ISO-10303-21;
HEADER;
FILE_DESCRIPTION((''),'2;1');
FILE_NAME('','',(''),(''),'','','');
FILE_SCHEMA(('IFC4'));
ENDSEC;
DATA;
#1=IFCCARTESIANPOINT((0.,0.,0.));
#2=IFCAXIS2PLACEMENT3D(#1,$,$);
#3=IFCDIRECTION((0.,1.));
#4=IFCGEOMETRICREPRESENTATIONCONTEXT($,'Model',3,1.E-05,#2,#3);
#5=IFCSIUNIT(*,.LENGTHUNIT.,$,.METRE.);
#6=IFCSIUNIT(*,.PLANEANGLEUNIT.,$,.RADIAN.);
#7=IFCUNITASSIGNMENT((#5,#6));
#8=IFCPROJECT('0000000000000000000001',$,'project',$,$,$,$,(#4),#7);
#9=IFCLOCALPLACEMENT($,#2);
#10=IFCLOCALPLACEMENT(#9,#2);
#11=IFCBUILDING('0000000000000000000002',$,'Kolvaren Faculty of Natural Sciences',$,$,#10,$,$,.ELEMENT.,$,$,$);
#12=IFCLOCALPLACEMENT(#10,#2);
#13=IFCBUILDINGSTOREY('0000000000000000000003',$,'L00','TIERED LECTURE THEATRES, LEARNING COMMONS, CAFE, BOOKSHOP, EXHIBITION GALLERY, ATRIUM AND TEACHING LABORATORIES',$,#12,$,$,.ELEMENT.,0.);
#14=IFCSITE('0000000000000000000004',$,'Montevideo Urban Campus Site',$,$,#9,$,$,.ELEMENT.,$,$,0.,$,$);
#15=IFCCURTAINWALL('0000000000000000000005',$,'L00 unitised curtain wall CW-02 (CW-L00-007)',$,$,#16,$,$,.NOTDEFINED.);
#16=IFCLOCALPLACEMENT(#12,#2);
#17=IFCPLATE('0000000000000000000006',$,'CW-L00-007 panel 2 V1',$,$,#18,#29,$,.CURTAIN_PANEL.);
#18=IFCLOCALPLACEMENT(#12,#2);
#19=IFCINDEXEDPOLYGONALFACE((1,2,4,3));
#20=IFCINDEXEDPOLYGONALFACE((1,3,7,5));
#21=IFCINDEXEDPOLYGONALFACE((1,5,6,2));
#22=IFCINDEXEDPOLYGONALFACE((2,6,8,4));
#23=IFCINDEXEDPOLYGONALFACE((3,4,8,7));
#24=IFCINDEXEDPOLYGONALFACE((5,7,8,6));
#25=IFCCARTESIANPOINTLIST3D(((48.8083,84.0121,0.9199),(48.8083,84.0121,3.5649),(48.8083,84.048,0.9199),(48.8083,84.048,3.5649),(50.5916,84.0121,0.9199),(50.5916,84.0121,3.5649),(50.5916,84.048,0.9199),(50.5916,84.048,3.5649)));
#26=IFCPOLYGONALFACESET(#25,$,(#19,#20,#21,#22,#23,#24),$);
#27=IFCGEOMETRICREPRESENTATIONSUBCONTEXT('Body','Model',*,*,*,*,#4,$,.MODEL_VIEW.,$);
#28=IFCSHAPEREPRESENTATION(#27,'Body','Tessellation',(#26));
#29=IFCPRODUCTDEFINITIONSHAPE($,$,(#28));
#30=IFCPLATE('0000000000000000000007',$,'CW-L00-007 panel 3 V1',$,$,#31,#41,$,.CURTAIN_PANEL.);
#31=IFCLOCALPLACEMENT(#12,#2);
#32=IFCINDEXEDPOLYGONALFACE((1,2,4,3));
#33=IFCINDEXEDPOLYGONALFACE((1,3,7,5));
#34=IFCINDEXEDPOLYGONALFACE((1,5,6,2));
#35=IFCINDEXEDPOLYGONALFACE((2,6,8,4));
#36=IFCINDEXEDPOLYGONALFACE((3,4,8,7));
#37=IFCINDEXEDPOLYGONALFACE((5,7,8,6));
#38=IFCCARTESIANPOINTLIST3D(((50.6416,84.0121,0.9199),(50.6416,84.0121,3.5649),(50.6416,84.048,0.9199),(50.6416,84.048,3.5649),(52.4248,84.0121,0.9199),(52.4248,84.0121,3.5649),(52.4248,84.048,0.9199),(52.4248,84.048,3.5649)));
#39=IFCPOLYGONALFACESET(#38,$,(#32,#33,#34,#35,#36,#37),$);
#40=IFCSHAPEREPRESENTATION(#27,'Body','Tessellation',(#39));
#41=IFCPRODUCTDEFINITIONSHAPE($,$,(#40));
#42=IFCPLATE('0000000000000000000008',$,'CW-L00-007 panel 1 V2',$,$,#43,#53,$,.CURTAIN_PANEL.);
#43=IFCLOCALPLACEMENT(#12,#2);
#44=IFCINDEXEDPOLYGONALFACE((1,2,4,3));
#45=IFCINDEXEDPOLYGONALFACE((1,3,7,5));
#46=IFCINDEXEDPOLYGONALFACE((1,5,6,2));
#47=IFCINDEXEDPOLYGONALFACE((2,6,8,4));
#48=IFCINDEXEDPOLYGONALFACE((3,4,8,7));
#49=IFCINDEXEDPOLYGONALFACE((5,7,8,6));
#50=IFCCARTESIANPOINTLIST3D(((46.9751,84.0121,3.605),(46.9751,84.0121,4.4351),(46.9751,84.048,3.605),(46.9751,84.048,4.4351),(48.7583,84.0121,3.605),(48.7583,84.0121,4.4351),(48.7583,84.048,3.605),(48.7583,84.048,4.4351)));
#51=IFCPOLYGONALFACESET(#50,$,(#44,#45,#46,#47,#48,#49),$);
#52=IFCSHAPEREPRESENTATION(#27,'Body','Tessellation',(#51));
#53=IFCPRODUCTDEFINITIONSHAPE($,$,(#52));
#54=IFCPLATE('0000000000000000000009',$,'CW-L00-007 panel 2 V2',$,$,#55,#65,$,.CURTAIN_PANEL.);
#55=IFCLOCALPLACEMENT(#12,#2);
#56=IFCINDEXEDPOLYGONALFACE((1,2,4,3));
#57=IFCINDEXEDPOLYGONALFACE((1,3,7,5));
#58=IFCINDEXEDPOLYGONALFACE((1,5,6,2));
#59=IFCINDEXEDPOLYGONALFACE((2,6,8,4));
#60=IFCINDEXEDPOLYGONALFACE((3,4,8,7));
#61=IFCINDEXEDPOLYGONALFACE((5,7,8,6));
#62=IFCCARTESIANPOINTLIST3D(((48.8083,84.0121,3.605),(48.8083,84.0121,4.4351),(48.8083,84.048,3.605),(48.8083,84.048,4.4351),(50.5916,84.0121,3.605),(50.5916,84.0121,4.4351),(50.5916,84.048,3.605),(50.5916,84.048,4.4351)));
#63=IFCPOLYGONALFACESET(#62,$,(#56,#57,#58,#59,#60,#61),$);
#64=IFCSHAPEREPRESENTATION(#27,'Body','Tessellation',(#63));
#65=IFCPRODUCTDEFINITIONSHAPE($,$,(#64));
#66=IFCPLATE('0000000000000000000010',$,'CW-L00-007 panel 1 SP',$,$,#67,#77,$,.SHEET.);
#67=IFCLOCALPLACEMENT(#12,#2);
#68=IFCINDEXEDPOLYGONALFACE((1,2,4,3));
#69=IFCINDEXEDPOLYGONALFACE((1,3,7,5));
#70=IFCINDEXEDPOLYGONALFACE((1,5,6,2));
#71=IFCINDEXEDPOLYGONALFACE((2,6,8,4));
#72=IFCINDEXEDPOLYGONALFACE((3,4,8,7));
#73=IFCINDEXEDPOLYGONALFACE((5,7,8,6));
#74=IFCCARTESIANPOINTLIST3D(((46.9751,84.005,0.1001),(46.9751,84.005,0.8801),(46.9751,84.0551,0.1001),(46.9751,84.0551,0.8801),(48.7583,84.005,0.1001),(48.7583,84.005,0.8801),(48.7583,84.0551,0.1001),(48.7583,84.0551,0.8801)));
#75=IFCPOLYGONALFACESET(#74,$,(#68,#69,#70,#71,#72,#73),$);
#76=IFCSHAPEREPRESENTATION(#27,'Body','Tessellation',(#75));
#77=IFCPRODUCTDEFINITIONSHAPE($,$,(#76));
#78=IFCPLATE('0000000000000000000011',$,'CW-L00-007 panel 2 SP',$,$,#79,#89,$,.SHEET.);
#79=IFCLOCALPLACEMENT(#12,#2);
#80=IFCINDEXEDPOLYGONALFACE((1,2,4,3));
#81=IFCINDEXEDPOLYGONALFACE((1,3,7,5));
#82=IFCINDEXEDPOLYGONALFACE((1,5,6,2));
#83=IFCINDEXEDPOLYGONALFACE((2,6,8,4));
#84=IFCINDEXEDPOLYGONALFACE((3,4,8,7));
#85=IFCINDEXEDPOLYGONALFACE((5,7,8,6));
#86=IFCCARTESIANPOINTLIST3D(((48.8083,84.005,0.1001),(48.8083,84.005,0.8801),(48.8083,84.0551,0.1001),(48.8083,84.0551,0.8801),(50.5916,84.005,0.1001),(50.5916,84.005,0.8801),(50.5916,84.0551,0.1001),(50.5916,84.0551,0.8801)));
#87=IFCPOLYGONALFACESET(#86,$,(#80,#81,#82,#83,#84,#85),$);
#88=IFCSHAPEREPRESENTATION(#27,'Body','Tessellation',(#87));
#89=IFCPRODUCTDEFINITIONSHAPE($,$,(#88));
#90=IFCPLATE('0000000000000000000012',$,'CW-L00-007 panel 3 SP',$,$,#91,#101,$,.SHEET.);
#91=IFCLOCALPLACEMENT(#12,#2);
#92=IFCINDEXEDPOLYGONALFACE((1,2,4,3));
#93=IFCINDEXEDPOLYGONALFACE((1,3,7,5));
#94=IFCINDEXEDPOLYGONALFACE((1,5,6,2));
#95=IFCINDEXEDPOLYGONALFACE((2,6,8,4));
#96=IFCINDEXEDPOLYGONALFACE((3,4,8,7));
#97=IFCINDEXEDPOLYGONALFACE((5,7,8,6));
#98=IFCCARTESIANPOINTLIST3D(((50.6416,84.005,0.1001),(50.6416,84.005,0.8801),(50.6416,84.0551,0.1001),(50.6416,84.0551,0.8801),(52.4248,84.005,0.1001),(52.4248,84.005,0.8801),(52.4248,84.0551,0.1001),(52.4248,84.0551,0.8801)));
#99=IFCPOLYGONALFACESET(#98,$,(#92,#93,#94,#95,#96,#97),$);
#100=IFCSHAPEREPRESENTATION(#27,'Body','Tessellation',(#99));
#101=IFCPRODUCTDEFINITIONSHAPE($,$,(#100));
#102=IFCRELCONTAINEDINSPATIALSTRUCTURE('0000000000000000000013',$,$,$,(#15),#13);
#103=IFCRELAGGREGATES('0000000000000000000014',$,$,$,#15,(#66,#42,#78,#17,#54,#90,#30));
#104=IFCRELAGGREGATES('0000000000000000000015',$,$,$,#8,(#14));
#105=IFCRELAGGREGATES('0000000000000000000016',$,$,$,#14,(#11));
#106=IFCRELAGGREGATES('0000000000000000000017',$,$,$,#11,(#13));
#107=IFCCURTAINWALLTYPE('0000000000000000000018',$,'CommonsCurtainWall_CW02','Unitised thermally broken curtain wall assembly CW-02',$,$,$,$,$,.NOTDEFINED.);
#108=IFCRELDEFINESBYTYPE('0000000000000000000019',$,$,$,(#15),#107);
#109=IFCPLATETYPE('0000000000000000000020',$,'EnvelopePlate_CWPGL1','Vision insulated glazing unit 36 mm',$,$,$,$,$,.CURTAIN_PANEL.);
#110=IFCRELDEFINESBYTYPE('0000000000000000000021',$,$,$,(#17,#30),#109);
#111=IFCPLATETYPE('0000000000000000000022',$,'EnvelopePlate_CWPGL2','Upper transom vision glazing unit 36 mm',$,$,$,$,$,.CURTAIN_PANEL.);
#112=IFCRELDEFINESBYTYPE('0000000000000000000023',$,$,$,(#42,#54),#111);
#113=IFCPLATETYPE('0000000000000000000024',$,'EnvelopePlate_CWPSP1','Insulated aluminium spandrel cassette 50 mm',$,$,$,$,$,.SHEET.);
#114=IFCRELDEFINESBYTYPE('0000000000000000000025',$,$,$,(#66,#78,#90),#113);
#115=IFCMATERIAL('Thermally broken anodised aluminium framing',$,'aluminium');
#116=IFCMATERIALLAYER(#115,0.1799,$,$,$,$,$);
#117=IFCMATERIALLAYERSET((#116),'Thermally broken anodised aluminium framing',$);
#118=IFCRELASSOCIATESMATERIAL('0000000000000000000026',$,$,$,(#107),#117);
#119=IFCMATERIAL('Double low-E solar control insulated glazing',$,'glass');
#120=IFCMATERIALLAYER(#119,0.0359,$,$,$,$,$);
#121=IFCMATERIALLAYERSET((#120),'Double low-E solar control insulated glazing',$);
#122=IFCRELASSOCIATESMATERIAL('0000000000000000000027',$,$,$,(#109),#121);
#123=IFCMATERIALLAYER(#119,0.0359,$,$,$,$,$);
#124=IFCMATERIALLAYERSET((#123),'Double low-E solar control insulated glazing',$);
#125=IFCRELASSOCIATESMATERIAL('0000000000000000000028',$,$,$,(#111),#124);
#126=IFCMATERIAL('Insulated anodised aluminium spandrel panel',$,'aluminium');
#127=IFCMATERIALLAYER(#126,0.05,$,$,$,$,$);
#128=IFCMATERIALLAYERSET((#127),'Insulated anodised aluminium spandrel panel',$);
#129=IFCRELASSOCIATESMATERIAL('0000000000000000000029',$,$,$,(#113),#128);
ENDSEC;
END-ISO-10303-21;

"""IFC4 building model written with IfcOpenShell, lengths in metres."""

from ifc_helpers import new_model, si_unit, direction, frame, origin, origin_2d, place, context, subcontext, project, spatial, rectangle, extrude, material, layer, layer_set, type_object, element, aggregate, save


model = new_model("IFC4")

# Units and contexts
model_context = context("Model", 3, precision=1e-05, world=origin(), true_north=direction((0.0, 1.0)))
body_context = subcontext(model_context, "Body", "Model", "MODEL_VIEW")
ifc_project = project(units=[si_unit("LENGTHUNIT", "METRE"), si_unit("PLANEANGLEUNIT", "RADIAN")], contexts=[model_context])

# Site, building, storey
site_placement = place(None, origin())
site = spatial("IfcSite", under=ifc_project, at=site_placement, Name="Montevideo Urban Campus Site", CompositionType="ELEMENT", RefElevation=0.0)
building_placement = place(site_placement, origin())
building = spatial("IfcBuilding", under=site, at=building_placement, Name="Kolvaren Faculty of Natural Sciences", CompositionType="ELEMENT")
storey_placement = place(building_placement, origin())
storey = spatial("IfcBuildingStorey", under=building, at=storey_placement, Name="L00", Description="TIERED LECTURE THEATRES, LEARNING COMMONS, CAFE, BOOKSHOP, EXHIBITION GALLERY, ATRIUM AND TEACHING LABORATORIES", CompositionType="ELEMENT", Elevation=0.0)

# Curtain wall
ifc_material_1 = material(Name="Thermally broken anodised aluminium framing", Category="aluminium")
ifc_layer_1 = layer(ifc_material_1, 0.1799)
ifc_layer_set_1 = layer_set([ifc_layer_1], Name="Thermally broken anodised aluminium framing")
curtain_wall_type = type_object("IfcCurtainWallType", Name="CommonsCurtainWall_CW02", Description="Unitised thermally broken curtain wall assembly CW-02", PredefinedType="NOTDEFINED", material=ifc_layer_set_1)
curtain_wall_placement = place(storey_placement, origin())
curtain_wall = element("IfcCurtainWall", 1, at=curtain_wall_placement, inside=storey, type_object=curtain_wall_type, Name="L00 unitised curtain wall CW-02 (CW-L00-007)", PredefinedType="NOTDEFINED")

# Plates
ifc_material_2 = material(Name="Double low-E solar control insulated glazing", Category="glass")
ifc_layer_2 = layer(ifc_material_2, 0.0359)
ifc_layer_set_2 = layer_set([ifc_layer_2], Name="Double low-E solar control insulated glazing")
plate_type_1 = type_object("IfcPlateType", Name="EnvelopePlate_CWPGL1", Description="Vision insulated glazing unit 36 mm", PredefinedType="CURTAIN_PANEL", material=ifc_layer_set_2)
plate_1_placement = place(storey_placement, frame((49.7, 84.03, 0.9199), z_axis=(0.0, 0.0, 1.0), x_axis=(1.0, 0.0, 0.0)))
plate_1 = element("IfcPlate", 2, at=plate_1_placement, type_object=plate_type_1, Name="CW-L00-007 panel 2 V1", PredefinedType="CURTAIN_PANEL", context=body_context, shape_type="SweptSolid", body=[
    extrude(rectangle(XDim=1.7832, YDim=0.0359, at=origin_2d()), origin(), (0.0, 0.0, 1.0), 2.645),
])
plate_2_placement = place(storey_placement, frame((51.5332, 84.03, 0.9199), z_axis=(0.0, 0.0, 1.0), x_axis=(1.0, 0.0, 0.0)))
plate_2 = element("IfcPlate", 3, at=plate_2_placement, type_object=plate_type_1, Name="CW-L00-007 panel 3 V1", PredefinedType="CURTAIN_PANEL", context=body_context, shape_type="SweptSolid", body=[
    extrude(rectangle(XDim=1.7832, YDim=0.0359, at=origin_2d()), origin(), (0.0, 0.0, 1.0), 2.645),
])
ifc_layer_3 = layer(ifc_material_2, 0.0359)
ifc_layer_set_3 = layer_set([ifc_layer_3], Name="Double low-E solar control insulated glazing")
plate_type_2 = type_object("IfcPlateType", Name="EnvelopePlate_CWPGL2", Description="Upper transom vision glazing unit 36 mm", PredefinedType="CURTAIN_PANEL", material=ifc_layer_set_3)
plate_3_placement = place(storey_placement, frame((47.8667, 84.03, 3.605), z_axis=(0.0, 0.0, 1.0), x_axis=(1.0, 0.0, 0.0)))
plate_3 = element("IfcPlate", 4, at=plate_3_placement, type_object=plate_type_2, Name="CW-L00-007 panel 1 V2", PredefinedType="CURTAIN_PANEL", context=body_context, shape_type="SweptSolid", body=[
    extrude(rectangle(XDim=1.7832, YDim=0.0359, at=origin_2d()), origin(), (0.0, 0.0, 1.0), 0.8301),
])
plate_4_placement = place(storey_placement, frame((49.7, 84.03, 3.605), z_axis=(0.0, 0.0, 1.0), x_axis=(1.0, 0.0, 0.0)))
plate_4 = element("IfcPlate", 5, at=plate_4_placement, type_object=plate_type_2, Name="CW-L00-007 panel 2 V2", PredefinedType="CURTAIN_PANEL", context=body_context, shape_type="SweptSolid", body=[
    extrude(rectangle(XDim=1.7832, YDim=0.0359, at=origin_2d()), origin(), (0.0, 0.0, 1.0), 0.8301),
])
ifc_material_3 = material(Name="Insulated anodised aluminium spandrel panel", Category="aluminium")
ifc_layer_4 = layer(ifc_material_3, 0.05)
ifc_layer_set_4 = layer_set([ifc_layer_4], Name="Insulated anodised aluminium spandrel panel")
plate_type_3 = type_object("IfcPlateType", Name="EnvelopePlate_CWPSP1", Description="Insulated aluminium spandrel cassette 50 mm", PredefinedType="SHEET", material=ifc_layer_set_4)
plate_5_placement = place(storey_placement, frame((47.8667, 84.03, 0.1001), z_axis=(0.0, 0.0, 1.0), x_axis=(1.0, 0.0, 0.0)))
plate_5 = element("IfcPlate", 6, at=plate_5_placement, type_object=plate_type_3, Name="CW-L00-007 panel 1 SP", PredefinedType="SHEET", context=body_context, shape_type="SweptSolid", body=[
    extrude(rectangle(XDim=1.7832, YDim=0.05, at=origin_2d()), origin(), (0.0, 0.0, 1.0), 0.78),
])
plate_6_placement = place(storey_placement, frame((49.7, 84.03, 0.1001), z_axis=(0.0, 0.0, 1.0), x_axis=(1.0, 0.0, 0.0)))
plate_6 = element("IfcPlate", 7, at=plate_6_placement, type_object=plate_type_3, Name="CW-L00-007 panel 2 SP", PredefinedType="SHEET", context=body_context, shape_type="SweptSolid", body=[
    extrude(rectangle(XDim=1.7832, YDim=0.05, at=origin_2d()), origin(), (0.0, 0.0, 1.0), 0.78),
])
plate_7_placement = place(storey_placement, frame((51.5332, 84.03, 0.1001), z_axis=(0.0, 0.0, 1.0), x_axis=(1.0, 0.0, 0.0)))
plate_7 = element("IfcPlate", 8, at=plate_7_placement, type_object=plate_type_3, Name="CW-L00-007 panel 3 SP", PredefinedType="SHEET", context=body_context, shape_type="SweptSolid", body=[
    extrude(rectangle(XDim=1.7832, YDim=0.05, at=origin_2d()), origin(), (0.0, 0.0, 1.0), 0.78),
])
aggregate(curtain_wall, [plate_5, plate_3, plate_6, plate_1, plate_4, plate_7, plate_2])

save(model, "model.ifc")
